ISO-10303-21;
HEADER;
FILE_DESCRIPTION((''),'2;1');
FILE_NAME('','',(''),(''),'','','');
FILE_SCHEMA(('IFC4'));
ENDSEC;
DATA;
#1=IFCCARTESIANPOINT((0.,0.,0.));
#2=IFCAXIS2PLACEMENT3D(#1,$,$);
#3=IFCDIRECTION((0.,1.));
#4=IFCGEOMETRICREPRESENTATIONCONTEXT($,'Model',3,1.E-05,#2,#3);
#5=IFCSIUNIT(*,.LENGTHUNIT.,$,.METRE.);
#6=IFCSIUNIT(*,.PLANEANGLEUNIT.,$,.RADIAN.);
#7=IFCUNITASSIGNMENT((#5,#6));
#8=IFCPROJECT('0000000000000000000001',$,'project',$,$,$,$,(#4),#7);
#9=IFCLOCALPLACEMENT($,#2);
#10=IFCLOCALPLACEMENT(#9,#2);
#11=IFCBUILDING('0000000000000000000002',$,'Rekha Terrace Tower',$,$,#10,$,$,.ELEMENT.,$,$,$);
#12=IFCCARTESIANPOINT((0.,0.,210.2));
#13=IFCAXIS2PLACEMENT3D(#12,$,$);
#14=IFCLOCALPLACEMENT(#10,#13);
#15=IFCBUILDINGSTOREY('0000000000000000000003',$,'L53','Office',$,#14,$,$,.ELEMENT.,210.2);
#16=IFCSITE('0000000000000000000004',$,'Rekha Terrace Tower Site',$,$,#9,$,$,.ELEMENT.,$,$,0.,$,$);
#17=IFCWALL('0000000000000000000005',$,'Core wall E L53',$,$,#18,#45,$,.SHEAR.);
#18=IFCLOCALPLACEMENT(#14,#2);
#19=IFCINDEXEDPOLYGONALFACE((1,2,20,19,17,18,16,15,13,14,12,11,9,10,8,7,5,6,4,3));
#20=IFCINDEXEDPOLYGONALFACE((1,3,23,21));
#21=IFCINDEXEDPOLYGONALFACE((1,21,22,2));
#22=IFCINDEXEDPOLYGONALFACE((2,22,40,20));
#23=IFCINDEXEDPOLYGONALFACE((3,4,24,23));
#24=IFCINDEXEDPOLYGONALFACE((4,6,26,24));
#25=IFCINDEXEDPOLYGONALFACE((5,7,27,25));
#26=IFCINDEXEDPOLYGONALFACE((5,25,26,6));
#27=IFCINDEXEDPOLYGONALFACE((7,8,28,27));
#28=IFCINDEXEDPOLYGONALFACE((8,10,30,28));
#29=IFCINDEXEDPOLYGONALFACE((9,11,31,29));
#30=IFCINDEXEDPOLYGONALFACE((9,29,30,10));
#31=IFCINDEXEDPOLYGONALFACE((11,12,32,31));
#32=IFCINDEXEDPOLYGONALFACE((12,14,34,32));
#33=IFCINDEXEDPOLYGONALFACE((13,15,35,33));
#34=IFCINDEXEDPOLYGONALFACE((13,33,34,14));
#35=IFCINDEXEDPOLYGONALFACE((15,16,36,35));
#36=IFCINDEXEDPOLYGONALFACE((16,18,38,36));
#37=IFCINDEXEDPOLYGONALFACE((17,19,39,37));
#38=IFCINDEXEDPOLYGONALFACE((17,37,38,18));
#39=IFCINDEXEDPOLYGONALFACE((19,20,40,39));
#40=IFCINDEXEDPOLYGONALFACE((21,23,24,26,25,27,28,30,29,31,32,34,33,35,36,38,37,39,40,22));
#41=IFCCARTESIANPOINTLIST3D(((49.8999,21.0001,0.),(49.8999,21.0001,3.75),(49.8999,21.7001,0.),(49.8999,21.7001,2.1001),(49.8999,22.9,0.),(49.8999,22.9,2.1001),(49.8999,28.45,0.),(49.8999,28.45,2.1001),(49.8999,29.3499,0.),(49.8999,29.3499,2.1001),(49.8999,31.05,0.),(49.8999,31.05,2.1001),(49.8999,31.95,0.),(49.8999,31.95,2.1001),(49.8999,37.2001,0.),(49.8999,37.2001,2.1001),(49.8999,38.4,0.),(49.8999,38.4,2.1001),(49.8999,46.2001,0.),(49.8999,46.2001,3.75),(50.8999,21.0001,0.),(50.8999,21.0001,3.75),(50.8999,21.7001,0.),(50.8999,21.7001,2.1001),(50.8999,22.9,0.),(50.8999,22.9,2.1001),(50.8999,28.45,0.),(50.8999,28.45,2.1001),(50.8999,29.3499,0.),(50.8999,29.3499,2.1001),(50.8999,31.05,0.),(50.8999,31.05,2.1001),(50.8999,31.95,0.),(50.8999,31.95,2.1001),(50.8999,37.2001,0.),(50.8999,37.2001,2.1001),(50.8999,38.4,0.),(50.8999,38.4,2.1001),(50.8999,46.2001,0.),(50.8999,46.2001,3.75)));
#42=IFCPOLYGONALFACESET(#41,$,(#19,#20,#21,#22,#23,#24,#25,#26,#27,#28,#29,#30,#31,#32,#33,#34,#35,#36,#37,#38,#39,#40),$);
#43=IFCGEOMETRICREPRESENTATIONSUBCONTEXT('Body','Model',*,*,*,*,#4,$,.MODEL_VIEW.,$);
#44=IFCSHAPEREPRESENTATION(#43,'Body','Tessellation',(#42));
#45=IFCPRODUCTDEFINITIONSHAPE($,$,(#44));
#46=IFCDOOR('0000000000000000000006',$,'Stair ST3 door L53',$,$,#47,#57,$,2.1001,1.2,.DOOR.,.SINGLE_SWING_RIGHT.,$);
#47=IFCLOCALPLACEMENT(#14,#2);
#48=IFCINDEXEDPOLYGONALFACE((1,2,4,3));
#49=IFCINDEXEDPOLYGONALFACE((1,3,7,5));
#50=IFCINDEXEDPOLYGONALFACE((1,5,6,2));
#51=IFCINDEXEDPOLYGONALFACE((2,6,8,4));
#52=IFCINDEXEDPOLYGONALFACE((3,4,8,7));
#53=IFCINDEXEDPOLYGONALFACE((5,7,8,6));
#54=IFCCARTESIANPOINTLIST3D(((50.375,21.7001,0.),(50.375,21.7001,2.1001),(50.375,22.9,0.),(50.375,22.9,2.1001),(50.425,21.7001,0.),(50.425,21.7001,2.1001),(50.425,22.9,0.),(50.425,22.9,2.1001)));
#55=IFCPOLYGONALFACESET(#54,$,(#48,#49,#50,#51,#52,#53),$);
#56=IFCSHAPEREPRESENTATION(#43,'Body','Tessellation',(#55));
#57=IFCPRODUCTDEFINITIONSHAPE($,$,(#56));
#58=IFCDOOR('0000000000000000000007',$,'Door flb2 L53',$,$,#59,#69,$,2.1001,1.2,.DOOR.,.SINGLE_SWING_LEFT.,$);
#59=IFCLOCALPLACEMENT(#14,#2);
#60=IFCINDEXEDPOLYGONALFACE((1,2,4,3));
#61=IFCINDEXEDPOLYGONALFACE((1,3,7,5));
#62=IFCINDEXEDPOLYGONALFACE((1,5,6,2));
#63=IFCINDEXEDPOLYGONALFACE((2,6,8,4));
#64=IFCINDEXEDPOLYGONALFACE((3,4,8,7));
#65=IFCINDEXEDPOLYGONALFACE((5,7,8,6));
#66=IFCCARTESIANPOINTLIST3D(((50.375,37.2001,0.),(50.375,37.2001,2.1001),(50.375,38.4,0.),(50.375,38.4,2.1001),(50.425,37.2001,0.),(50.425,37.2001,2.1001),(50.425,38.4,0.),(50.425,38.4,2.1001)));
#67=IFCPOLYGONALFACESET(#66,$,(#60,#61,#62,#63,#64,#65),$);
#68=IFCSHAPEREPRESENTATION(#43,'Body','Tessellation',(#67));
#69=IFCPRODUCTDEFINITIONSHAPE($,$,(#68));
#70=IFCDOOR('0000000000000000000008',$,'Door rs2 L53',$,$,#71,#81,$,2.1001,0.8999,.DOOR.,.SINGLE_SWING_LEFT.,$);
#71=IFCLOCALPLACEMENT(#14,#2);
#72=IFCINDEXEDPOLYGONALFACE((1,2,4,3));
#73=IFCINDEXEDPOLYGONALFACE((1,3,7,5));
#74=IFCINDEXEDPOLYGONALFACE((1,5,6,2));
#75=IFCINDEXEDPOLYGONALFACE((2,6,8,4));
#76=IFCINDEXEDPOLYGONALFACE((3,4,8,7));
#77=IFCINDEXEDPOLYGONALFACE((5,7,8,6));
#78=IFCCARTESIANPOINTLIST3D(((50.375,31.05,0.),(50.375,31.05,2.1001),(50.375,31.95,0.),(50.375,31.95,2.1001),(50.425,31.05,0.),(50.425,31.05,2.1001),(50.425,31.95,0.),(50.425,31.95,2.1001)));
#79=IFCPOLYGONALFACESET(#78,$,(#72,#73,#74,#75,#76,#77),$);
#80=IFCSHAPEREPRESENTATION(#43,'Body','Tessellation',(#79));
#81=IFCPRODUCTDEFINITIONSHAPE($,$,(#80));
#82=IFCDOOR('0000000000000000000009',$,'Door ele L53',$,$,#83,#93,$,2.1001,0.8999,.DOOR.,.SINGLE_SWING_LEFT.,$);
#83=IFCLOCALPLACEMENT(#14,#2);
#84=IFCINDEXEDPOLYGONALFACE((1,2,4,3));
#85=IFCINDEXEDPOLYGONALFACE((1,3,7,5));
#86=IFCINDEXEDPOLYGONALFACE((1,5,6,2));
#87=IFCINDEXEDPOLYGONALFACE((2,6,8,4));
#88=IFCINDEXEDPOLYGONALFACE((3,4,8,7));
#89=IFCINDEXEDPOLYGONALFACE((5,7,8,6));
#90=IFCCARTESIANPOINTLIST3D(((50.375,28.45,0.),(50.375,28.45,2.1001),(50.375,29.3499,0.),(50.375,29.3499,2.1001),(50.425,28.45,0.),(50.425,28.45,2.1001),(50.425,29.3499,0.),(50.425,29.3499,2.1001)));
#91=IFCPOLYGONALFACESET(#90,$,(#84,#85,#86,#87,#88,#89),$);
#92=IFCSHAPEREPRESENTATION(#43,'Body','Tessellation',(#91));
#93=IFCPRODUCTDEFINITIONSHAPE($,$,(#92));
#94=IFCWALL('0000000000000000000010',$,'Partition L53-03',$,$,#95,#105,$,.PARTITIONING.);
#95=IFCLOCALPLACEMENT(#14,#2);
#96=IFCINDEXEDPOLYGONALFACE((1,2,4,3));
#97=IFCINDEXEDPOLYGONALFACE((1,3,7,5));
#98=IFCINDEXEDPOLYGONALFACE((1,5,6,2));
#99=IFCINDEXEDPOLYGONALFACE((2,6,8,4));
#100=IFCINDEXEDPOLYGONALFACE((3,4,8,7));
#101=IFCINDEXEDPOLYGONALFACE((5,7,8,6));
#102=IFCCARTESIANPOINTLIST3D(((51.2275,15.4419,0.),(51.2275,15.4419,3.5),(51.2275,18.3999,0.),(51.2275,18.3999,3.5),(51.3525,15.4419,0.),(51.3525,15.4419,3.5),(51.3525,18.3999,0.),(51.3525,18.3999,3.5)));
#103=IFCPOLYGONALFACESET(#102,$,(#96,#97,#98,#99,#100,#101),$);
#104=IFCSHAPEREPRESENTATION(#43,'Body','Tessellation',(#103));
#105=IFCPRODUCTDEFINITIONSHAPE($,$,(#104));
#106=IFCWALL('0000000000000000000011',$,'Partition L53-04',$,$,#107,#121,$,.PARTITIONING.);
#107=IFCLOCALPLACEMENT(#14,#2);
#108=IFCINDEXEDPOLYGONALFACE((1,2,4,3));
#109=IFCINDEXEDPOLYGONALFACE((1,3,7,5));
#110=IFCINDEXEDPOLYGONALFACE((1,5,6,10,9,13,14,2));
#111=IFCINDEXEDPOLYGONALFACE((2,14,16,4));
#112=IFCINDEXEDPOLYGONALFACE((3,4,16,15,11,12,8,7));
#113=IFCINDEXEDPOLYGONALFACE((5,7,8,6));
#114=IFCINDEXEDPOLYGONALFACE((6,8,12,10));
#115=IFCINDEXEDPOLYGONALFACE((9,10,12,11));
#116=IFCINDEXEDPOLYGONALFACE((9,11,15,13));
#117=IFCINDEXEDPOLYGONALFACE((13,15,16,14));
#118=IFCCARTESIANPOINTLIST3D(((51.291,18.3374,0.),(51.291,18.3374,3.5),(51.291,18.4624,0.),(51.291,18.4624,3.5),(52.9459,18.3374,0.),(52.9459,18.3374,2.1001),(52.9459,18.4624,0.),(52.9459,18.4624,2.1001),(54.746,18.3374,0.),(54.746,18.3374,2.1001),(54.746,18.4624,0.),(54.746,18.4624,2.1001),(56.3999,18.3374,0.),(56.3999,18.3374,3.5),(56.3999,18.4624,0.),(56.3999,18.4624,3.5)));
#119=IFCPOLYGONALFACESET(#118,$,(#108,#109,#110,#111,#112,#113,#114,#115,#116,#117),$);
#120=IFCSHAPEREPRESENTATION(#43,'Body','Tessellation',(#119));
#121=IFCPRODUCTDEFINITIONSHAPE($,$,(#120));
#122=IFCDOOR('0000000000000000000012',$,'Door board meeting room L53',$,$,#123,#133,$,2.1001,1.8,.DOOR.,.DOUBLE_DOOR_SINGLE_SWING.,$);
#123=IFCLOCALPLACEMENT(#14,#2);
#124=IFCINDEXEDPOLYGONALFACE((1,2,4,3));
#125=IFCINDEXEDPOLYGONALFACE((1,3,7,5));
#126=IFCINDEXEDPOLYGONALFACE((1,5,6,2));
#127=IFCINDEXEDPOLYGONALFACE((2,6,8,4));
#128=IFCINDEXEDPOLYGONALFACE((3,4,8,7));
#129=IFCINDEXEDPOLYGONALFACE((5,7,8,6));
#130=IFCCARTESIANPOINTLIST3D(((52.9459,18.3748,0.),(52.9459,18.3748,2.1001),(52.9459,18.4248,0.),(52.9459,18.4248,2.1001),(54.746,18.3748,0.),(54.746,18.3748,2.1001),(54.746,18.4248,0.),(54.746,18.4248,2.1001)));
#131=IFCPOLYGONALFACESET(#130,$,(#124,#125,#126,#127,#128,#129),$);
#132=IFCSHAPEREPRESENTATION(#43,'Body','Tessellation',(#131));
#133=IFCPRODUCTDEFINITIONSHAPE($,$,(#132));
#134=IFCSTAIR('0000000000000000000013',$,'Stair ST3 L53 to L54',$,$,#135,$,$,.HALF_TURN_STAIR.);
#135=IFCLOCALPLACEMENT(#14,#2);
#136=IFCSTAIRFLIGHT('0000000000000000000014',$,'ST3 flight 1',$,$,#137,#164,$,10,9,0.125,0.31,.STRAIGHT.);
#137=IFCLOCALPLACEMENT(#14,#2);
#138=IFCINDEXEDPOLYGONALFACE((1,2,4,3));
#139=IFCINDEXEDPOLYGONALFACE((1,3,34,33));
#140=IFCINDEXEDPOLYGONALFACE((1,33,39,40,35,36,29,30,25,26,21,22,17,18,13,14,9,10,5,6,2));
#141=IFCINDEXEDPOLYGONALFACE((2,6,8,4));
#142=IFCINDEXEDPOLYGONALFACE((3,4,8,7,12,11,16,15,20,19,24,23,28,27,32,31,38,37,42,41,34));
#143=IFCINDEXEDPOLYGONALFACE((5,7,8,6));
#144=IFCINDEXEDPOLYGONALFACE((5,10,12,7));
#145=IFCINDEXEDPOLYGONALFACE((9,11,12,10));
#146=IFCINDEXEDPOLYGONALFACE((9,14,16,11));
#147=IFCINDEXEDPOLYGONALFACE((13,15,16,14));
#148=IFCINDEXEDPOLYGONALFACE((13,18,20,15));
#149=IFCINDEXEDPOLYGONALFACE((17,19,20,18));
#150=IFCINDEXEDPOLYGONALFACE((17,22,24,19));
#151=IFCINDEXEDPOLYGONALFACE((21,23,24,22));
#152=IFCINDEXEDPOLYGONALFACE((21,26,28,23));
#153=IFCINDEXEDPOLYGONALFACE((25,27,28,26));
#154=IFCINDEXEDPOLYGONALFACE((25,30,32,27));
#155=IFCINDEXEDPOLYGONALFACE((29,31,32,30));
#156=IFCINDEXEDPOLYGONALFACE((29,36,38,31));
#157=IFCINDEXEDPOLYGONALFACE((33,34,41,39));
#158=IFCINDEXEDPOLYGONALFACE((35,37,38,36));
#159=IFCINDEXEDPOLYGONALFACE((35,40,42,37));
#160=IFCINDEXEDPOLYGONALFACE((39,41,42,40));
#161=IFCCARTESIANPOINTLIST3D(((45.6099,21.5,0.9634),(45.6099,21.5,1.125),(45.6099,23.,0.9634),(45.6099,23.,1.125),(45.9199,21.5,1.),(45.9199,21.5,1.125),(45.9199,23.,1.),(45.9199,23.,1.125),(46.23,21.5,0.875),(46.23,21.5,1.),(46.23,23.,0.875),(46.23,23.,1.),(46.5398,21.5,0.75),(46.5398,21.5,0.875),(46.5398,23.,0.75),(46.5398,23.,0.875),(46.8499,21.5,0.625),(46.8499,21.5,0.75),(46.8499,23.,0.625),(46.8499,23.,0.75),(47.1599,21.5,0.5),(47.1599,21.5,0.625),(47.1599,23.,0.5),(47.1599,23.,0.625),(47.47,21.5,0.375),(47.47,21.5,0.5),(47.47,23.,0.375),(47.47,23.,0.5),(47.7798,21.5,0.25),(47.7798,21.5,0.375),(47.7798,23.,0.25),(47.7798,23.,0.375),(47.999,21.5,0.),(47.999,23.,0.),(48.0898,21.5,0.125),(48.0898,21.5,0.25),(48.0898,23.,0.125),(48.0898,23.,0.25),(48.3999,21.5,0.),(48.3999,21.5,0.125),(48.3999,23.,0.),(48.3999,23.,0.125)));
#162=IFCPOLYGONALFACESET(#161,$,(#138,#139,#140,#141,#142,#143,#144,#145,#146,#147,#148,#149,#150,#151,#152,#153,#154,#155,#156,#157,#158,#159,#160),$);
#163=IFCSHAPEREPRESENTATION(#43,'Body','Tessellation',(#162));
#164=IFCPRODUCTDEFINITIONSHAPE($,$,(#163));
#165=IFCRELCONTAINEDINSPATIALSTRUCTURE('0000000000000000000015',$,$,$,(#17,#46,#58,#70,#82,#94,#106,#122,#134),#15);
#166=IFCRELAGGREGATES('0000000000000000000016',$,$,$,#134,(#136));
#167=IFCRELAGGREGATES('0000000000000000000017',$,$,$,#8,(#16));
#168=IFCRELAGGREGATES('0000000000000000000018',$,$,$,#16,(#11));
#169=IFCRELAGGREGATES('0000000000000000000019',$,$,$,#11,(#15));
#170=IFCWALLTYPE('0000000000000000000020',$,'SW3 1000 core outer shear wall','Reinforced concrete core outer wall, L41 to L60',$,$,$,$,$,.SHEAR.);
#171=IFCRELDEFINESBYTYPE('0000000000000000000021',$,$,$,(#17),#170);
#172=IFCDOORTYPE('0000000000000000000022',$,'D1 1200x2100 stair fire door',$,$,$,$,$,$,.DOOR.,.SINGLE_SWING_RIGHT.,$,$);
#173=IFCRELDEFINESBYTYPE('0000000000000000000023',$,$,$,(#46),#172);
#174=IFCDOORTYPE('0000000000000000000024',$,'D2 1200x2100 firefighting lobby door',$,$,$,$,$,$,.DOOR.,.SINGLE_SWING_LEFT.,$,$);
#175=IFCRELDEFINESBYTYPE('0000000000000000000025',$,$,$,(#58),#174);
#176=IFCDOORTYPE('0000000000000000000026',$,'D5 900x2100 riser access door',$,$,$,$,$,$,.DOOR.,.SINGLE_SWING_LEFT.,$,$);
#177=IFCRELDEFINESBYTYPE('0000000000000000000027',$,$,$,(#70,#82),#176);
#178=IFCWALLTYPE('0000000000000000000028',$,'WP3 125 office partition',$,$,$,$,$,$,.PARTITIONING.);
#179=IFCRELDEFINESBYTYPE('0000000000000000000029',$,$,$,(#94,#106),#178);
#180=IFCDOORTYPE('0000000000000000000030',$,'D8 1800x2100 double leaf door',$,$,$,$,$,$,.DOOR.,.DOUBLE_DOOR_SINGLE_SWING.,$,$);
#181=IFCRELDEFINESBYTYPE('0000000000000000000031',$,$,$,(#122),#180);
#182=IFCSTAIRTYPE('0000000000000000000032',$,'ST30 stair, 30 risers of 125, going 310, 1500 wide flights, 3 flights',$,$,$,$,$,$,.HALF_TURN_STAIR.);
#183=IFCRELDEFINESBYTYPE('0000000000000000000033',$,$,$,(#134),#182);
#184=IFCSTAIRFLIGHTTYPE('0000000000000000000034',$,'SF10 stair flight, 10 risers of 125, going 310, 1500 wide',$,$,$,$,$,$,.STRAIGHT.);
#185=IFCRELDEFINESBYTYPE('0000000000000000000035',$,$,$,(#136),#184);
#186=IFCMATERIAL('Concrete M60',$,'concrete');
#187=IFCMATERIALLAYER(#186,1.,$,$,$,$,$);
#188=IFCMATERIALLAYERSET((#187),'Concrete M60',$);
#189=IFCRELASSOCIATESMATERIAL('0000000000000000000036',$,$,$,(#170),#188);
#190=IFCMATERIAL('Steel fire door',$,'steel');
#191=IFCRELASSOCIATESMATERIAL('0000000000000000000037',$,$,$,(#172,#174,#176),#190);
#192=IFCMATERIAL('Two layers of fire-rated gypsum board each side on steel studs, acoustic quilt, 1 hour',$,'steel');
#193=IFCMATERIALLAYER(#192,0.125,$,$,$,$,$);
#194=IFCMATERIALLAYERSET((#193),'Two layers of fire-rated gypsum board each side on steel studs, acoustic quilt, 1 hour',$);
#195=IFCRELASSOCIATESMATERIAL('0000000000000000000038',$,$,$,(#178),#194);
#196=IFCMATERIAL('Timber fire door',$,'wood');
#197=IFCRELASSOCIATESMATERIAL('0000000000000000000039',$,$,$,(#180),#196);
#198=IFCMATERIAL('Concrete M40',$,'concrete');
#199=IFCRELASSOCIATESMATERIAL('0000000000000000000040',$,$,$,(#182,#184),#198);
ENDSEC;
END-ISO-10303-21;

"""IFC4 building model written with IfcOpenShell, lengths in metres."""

from ifc_helpers import new_model, si_unit, direction, frame, frame_2d, origin, place, context, subcontext, project, spatial, polyline, rectangle, outline, extrude, material, layer, layer_set, type_object, element, fill, aggregate, save


model = new_model("IFC4")

# Units and contexts
model_context = context("Model", 3, precision=1e-05, world=origin(), true_north=direction((0.0, 1.0)))
body_context = subcontext(model_context, "Body", "Model", "MODEL_VIEW")
ifc_project = project(units=[si_unit("LENGTHUNIT", "METRE"), si_unit("PLANEANGLEUNIT", "RADIAN")], contexts=[model_context])

# Site, building, storey
site_placement = place(None, origin())
site = spatial("IfcSite", under=ifc_project, at=site_placement, Name="Rekha Terrace Tower Site", CompositionType="ELEMENT", RefElevation=0.0)
building_placement = place(site_placement, origin())
building = spatial("IfcBuilding", under=site, at=building_placement, Name="Rekha Terrace Tower", CompositionType="ELEMENT")
storey_placement = place(building_placement, frame((0.0, 0.0, 210.2)))
storey = spatial("IfcBuildingStorey", under=building, at=storey_placement, Name="L53", Description="Office", CompositionType="ELEMENT", Elevation=210.2)

# Shared definitions
ifc_material_1 = material(Name="Concrete M60", Category="concrete")

# Wall, openings, doors
ifc_layer_1 = layer(ifc_material_1, 1.0)
ifc_layer_set_1 = layer_set([ifc_layer_1], Name="Concrete M60")
wall_type_1 = type_object("IfcWallType", Name="SW3 1000 core outer shear wall", Description="Reinforced concrete core outer wall, L41 to L60", PredefinedType="SHEAR", material=ifc_layer_set_1)
wall_1_placement = place(storey_placement, frame((50.3999, 21.0, 0.0), z_axis=(0.0, 0.0, 1.0), x_axis=(0.0, 1.0, 0.0)))
wall_1 = element("IfcWall", 1, at=wall_1_placement, inside=storey, type_object=wall_type_1, Name="Core wall E L53", PredefinedType="SHEAR", context=body_context, shape_type="SweptSolid", body=[
    extrude(rectangle(XDim=25.2, YDim=1.0, at=frame_2d((12.6001, 0.0))), origin(), (0.0, 0.0, 1.0), 3.75),
])
opening_1_placement = place(wall_1_placement, frame((16.2, 0.0, 0.0)))
opening_1 = element("IfcOpeningElement", 2, at=opening_1_placement, cuts=wall_1, PredefinedType="OPENING", context=body_context, shape_type="SweptSolid", body=[
    extrude(rectangle(XDim=1.2, YDim=2.1001, at=frame_2d((0.6001, 1.05))), frame((0.0, 0.51, 0.0), z_axis=(0.0, -1.0, 0.0), x_axis=(1.0, 0.0, 0.0)), (0.0, 0.0, 1.0), 1.02),
])
opening_2_placement = place(wall_1_placement, frame((10.05, 0.0, 0.0)))
opening_2 = element("IfcOpeningElement", 3, at=opening_2_placement, cuts=wall_1, PredefinedType="OPENING", context=body_context, shape_type="SweptSolid", body=[
    extrude(rectangle(XDim=0.8999, YDim=2.1001, at=frame_2d((0.45, 1.05))), frame((0.0, 0.51, 0.0), z_axis=(0.0, -1.0, 0.0), x_axis=(1.0, 0.0, 0.0)), (0.0, 0.0, 1.0), 1.02),
])
opening_3_placement = place(wall_1_placement, frame((7.45, 0.0, 0.0)))
opening_3 = element("IfcOpeningElement", 4, at=opening_3_placement, cuts=wall_1, PredefinedType="OPENING", context=body_context, shape_type="SweptSolid", body=[
    extrude(rectangle(XDim=0.8999, YDim=2.1001, at=frame_2d((0.45, 1.05))), frame((0.0, 0.51, 0.0), z_axis=(0.0, -1.0, 0.0), x_axis=(1.0, 0.0, 0.0)), (0.0, 0.0, 1.0), 1.02),
])
opening_4_placement = place(wall_1_placement, frame((0.7, 0.0, 0.0)))
opening_4 = element("IfcOpeningElement", 5, at=opening_4_placement, cuts=wall_1, PredefinedType="OPENING", context=body_context, shape_type="SweptSolid", body=[
    extrude(rectangle(XDim=1.2, YDim=2.1001, at=frame_2d((0.6001, 1.05))), frame((0.0, 0.51, 0.0), z_axis=(0.0, -1.0, 0.0), x_axis=(1.0, 0.0, 0.0)), (0.0, 0.0, 1.0), 1.02),
])
ifc_material_2 = material(Name="Steel fire door", Category="steel")
door_type_1 = type_object("IfcDoorType", Name="D1 1200x2100 stair fire door", OperationType="SINGLE_SWING_RIGHT", PredefinedType="DOOR", material=ifc_material_2)
door_1_placement = place(opening_4_placement, origin())
door_1 = element("IfcDoor", 6, at=door_1_placement, inside=storey, type_object=door_type_1, Name="Stair ST3 door L53", OperationType="SINGLE_SWING_RIGHT", OverallHeight=2.1001, OverallWidth=1.2, PredefinedType="DOOR", context=body_context, shape_type="SweptSolid", body=[
    extrude(rectangle(XDim=1.2, YDim=2.1001, at=frame_2d((0.6001, 1.05))), frame((0.0, 0.0249, 0.0), z_axis=(0.0, -1.0, 0.0), x_axis=(1.0, 0.0, 0.0)), (0.0, 0.0, 1.0), 0.05),
])
fill(opening_4, door_1)
door_type_2 = type_object("IfcDoorType", Name="D2 1200x2100 firefighting lobby door", OperationType="SINGLE_SWING_LEFT", PredefinedType="DOOR", material=ifc_material_2)
door_2_placement = place(opening_1_placement, origin())
door_2 = element("IfcDoor", 7, at=door_2_placement, inside=storey, type_object=door_type_2, Name="Door flb2 L53", OperationType="SINGLE_SWING_LEFT", OverallHeight=2.1001, OverallWidth=1.2, PredefinedType="DOOR", context=body_context, shape_type="SweptSolid", body=[
    extrude(rectangle(XDim=1.2, YDim=2.1001, at=frame_2d((0.6001, 1.05))), frame((0.0, 0.0249, 0.0), z_axis=(0.0, -1.0, 0.0), x_axis=(1.0, 0.0, 0.0)), (0.0, 0.0, 1.0), 0.05),
])
fill(opening_1, door_2)
door_type_3 = type_object("IfcDoorType", Name="D5 900x2100 riser access door", OperationType="SINGLE_SWING_LEFT", PredefinedType="DOOR", material=ifc_material_2)
door_3_placement = place(opening_2_placement, origin())
door_3 = element("IfcDoor", 8, at=door_3_placement, inside=storey, type_object=door_type_3, Name="Door rs2 L53", OperationType="SINGLE_SWING_LEFT", OverallHeight=2.1001, OverallWidth=0.8999, PredefinedType="DOOR", context=body_context, shape_type="SweptSolid", body=[
    extrude(rectangle(XDim=0.8999, YDim=2.1001, at=frame_2d((0.45, 1.05))), frame((0.0, 0.0249, 0.0), z_axis=(0.0, -1.0, 0.0), x_axis=(1.0, 0.0, 0.0)), (0.0, 0.0, 1.0), 0.05),
])
fill(opening_2, door_3)
door_4_placement = place(opening_3_placement, origin())
door_4 = element("IfcDoor", 9, at=door_4_placement, inside=storey, type_object=door_type_3, Name="Door ele L53", OperationType="SINGLE_SWING_LEFT", OverallHeight=2.1001, OverallWidth=0.8999, PredefinedType="DOOR", context=body_context, shape_type="SweptSolid", body=[
    extrude(rectangle(XDim=0.8999, YDim=2.1001, at=frame_2d((0.45, 1.05))), frame((0.0, 0.0249, 0.0), z_axis=(0.0, -1.0, 0.0), x_axis=(1.0, 0.0, 0.0)), (0.0, 0.0, 1.0), 0.05),
])
fill(opening_3, door_4)

# Wall
ifc_material_3 = material(Name="Two layers of fire-rated gypsum board each side on steel studs, acoustic quilt, 1 hour", Category="steel")
ifc_layer_2 = layer(ifc_material_3, 0.125)
ifc_layer_set_2 = layer_set([ifc_layer_2], Name="Two layers of fire-rated gypsum board each side on steel studs, acoustic quilt, 1 hour")
wall_type_2 = type_object("IfcWallType", Name="WP3 125 office partition", PredefinedType="PARTITIONING", material=ifc_layer_set_2)
wall_2_placement = place(storey_placement, frame((51.29, 18.3999, 0.0), z_axis=(0.0, 0.0, 1.0), x_axis=(0.0, -1.0, 0.0)))
element("IfcWall", 10, at=wall_2_placement, inside=storey, type_object=wall_type_2, Name="Partition L53-03", PredefinedType="PARTITIONING", context=body_context, shape_type="SweptSolid", body=[
    extrude(rectangle(XDim=2.958, YDim=0.125, at=frame_2d((1.479, 0.0))), origin(), (0.0, 0.0, 1.0), 3.5),
])

# Wall, opening, door
wall_3_placement = place(storey_placement, frame((51.291, 18.3999, 0.0), z_axis=(0.0, 0.0, 1.0), x_axis=(1.0, 0.0, 0.0)))
wall_3 = element("IfcWall", 11, at=wall_3_placement, inside=storey, type_object=wall_type_2, Name="Partition L53-04", PredefinedType="PARTITIONING", context=body_context, shape_type="SweptSolid", body=[
    extrude(rectangle(XDim=5.1089, YDim=0.125, at=frame_2d((2.5544, 0.0))), origin(), (0.0, 0.0, 1.0), 3.5),
])
opening_5_placement = place(wall_3_placement, frame((1.655, 0.0, 0.0)))
opening_5 = element("IfcOpeningElement", 12, at=opening_5_placement, cuts=wall_3, PredefinedType="OPENING", context=body_context, shape_type="SweptSolid", body=[
    extrude(rectangle(XDim=1.8, YDim=2.1001, at=frame_2d((0.8999, 1.05))), frame((0.0, 0.0725, 0.0), z_axis=(0.0, -1.0, 0.0), x_axis=(1.0, 0.0, 0.0)), (0.0, 0.0, 1.0), 0.145),
])
ifc_material_4 = material(Name="Timber fire door", Category="wood")
door_type_4 = type_object("IfcDoorType", Name="D8 1800x2100 double leaf door", OperationType="DOUBLE_DOOR_SINGLE_SWING", PredefinedType="DOOR", material=ifc_material_4)
door_5_placement = place(opening_5_placement, origin())
door_5 = element("IfcDoor", 13, at=door_5_placement, inside=storey, type_object=door_type_4, Name="Door board meeting room L53", OperationType="DOUBLE_DOOR_SINGLE_SWING", OverallHeight=2.1001, OverallWidth=1.8, PredefinedType="DOOR", context=body_context, shape_type="SweptSolid", body=[
    extrude(rectangle(XDim=1.8, YDim=2.1001, at=frame_2d((0.8999, 1.05))), frame((0.0, 0.0249, 0.0), z_axis=(0.0, -1.0, 0.0), x_axis=(1.0, 0.0, 0.0)), (0.0, 0.0, 1.0), 0.05),
])
fill(opening_5, door_5)

# Stair, stair flight
ifc_material_5 = material(Name="Concrete M40", Category="concrete")
stair_type = type_object("IfcStairType", Name="ST30 stair, 30 risers of 125, going 310, 1500 wide flights, 3 flights", PredefinedType="HALF_TURN_STAIR", material=ifc_material_5)
stair_placement = place(storey_placement, origin())
stair = element("IfcStair", 14, at=stair_placement, inside=storey, type_object=stair_type, Name="Stair ST3 L53 to L54", PredefinedType="HALF_TURN_STAIR")
stair_flight_type = type_object("IfcStairFlightType", Name="SF10 stair flight, 10 risers of 125, going 310, 1500 wide", PredefinedType="STRAIGHT", material=ifc_material_5)
stair_flight_1_placement = place(storey_placement, frame((48.3999, 22.25, 0.0), z_axis=(0.0, 0.0, 1.0), x_axis=(-1.0, 0.0, 0.0)))
stair_flight_1 = element("IfcStairFlight", 15, at=stair_flight_1_placement, type_object=stair_flight_type, Name="ST3 flight 1", NumberOfRisers=10, NumberOfTreads=9, PredefinedType="STRAIGHT", RiserHeight=0.125, TreadLength=0.31, context=body_context, shape_type="SweptSolid", body=[
    extrude(outline(polyline([(0.0, 0.0), (0.0, 0.125), (0.3101, 0.125), (0.3101, 0.25), (0.6201, 0.25), (0.6201, 0.375), (0.9299, 0.375), (0.9299, 0.5), (1.24, 0.5), (1.24, 0.625), (1.55, 0.625), (1.55, 0.75), (1.8601, 0.75), (1.8601, 0.875), (2.1699, 0.875), (2.1699, 1.0), (2.48, 1.0), (2.48, 1.125), (2.79, 1.125), (2.79, 1.25), (2.79, 0.9634), (0.4009, 0.0), (0.0, 0.0)])), frame((0.0, 0.75, 0.0), z_axis=(0.0, -1.0, 0.0), x_axis=(1.0, 0.0, 0.0)), (0.0, 0.0, 1.0), 1.5),
])
aggregate(stair, [stair_flight_1])

save(model, "model.ifc")
